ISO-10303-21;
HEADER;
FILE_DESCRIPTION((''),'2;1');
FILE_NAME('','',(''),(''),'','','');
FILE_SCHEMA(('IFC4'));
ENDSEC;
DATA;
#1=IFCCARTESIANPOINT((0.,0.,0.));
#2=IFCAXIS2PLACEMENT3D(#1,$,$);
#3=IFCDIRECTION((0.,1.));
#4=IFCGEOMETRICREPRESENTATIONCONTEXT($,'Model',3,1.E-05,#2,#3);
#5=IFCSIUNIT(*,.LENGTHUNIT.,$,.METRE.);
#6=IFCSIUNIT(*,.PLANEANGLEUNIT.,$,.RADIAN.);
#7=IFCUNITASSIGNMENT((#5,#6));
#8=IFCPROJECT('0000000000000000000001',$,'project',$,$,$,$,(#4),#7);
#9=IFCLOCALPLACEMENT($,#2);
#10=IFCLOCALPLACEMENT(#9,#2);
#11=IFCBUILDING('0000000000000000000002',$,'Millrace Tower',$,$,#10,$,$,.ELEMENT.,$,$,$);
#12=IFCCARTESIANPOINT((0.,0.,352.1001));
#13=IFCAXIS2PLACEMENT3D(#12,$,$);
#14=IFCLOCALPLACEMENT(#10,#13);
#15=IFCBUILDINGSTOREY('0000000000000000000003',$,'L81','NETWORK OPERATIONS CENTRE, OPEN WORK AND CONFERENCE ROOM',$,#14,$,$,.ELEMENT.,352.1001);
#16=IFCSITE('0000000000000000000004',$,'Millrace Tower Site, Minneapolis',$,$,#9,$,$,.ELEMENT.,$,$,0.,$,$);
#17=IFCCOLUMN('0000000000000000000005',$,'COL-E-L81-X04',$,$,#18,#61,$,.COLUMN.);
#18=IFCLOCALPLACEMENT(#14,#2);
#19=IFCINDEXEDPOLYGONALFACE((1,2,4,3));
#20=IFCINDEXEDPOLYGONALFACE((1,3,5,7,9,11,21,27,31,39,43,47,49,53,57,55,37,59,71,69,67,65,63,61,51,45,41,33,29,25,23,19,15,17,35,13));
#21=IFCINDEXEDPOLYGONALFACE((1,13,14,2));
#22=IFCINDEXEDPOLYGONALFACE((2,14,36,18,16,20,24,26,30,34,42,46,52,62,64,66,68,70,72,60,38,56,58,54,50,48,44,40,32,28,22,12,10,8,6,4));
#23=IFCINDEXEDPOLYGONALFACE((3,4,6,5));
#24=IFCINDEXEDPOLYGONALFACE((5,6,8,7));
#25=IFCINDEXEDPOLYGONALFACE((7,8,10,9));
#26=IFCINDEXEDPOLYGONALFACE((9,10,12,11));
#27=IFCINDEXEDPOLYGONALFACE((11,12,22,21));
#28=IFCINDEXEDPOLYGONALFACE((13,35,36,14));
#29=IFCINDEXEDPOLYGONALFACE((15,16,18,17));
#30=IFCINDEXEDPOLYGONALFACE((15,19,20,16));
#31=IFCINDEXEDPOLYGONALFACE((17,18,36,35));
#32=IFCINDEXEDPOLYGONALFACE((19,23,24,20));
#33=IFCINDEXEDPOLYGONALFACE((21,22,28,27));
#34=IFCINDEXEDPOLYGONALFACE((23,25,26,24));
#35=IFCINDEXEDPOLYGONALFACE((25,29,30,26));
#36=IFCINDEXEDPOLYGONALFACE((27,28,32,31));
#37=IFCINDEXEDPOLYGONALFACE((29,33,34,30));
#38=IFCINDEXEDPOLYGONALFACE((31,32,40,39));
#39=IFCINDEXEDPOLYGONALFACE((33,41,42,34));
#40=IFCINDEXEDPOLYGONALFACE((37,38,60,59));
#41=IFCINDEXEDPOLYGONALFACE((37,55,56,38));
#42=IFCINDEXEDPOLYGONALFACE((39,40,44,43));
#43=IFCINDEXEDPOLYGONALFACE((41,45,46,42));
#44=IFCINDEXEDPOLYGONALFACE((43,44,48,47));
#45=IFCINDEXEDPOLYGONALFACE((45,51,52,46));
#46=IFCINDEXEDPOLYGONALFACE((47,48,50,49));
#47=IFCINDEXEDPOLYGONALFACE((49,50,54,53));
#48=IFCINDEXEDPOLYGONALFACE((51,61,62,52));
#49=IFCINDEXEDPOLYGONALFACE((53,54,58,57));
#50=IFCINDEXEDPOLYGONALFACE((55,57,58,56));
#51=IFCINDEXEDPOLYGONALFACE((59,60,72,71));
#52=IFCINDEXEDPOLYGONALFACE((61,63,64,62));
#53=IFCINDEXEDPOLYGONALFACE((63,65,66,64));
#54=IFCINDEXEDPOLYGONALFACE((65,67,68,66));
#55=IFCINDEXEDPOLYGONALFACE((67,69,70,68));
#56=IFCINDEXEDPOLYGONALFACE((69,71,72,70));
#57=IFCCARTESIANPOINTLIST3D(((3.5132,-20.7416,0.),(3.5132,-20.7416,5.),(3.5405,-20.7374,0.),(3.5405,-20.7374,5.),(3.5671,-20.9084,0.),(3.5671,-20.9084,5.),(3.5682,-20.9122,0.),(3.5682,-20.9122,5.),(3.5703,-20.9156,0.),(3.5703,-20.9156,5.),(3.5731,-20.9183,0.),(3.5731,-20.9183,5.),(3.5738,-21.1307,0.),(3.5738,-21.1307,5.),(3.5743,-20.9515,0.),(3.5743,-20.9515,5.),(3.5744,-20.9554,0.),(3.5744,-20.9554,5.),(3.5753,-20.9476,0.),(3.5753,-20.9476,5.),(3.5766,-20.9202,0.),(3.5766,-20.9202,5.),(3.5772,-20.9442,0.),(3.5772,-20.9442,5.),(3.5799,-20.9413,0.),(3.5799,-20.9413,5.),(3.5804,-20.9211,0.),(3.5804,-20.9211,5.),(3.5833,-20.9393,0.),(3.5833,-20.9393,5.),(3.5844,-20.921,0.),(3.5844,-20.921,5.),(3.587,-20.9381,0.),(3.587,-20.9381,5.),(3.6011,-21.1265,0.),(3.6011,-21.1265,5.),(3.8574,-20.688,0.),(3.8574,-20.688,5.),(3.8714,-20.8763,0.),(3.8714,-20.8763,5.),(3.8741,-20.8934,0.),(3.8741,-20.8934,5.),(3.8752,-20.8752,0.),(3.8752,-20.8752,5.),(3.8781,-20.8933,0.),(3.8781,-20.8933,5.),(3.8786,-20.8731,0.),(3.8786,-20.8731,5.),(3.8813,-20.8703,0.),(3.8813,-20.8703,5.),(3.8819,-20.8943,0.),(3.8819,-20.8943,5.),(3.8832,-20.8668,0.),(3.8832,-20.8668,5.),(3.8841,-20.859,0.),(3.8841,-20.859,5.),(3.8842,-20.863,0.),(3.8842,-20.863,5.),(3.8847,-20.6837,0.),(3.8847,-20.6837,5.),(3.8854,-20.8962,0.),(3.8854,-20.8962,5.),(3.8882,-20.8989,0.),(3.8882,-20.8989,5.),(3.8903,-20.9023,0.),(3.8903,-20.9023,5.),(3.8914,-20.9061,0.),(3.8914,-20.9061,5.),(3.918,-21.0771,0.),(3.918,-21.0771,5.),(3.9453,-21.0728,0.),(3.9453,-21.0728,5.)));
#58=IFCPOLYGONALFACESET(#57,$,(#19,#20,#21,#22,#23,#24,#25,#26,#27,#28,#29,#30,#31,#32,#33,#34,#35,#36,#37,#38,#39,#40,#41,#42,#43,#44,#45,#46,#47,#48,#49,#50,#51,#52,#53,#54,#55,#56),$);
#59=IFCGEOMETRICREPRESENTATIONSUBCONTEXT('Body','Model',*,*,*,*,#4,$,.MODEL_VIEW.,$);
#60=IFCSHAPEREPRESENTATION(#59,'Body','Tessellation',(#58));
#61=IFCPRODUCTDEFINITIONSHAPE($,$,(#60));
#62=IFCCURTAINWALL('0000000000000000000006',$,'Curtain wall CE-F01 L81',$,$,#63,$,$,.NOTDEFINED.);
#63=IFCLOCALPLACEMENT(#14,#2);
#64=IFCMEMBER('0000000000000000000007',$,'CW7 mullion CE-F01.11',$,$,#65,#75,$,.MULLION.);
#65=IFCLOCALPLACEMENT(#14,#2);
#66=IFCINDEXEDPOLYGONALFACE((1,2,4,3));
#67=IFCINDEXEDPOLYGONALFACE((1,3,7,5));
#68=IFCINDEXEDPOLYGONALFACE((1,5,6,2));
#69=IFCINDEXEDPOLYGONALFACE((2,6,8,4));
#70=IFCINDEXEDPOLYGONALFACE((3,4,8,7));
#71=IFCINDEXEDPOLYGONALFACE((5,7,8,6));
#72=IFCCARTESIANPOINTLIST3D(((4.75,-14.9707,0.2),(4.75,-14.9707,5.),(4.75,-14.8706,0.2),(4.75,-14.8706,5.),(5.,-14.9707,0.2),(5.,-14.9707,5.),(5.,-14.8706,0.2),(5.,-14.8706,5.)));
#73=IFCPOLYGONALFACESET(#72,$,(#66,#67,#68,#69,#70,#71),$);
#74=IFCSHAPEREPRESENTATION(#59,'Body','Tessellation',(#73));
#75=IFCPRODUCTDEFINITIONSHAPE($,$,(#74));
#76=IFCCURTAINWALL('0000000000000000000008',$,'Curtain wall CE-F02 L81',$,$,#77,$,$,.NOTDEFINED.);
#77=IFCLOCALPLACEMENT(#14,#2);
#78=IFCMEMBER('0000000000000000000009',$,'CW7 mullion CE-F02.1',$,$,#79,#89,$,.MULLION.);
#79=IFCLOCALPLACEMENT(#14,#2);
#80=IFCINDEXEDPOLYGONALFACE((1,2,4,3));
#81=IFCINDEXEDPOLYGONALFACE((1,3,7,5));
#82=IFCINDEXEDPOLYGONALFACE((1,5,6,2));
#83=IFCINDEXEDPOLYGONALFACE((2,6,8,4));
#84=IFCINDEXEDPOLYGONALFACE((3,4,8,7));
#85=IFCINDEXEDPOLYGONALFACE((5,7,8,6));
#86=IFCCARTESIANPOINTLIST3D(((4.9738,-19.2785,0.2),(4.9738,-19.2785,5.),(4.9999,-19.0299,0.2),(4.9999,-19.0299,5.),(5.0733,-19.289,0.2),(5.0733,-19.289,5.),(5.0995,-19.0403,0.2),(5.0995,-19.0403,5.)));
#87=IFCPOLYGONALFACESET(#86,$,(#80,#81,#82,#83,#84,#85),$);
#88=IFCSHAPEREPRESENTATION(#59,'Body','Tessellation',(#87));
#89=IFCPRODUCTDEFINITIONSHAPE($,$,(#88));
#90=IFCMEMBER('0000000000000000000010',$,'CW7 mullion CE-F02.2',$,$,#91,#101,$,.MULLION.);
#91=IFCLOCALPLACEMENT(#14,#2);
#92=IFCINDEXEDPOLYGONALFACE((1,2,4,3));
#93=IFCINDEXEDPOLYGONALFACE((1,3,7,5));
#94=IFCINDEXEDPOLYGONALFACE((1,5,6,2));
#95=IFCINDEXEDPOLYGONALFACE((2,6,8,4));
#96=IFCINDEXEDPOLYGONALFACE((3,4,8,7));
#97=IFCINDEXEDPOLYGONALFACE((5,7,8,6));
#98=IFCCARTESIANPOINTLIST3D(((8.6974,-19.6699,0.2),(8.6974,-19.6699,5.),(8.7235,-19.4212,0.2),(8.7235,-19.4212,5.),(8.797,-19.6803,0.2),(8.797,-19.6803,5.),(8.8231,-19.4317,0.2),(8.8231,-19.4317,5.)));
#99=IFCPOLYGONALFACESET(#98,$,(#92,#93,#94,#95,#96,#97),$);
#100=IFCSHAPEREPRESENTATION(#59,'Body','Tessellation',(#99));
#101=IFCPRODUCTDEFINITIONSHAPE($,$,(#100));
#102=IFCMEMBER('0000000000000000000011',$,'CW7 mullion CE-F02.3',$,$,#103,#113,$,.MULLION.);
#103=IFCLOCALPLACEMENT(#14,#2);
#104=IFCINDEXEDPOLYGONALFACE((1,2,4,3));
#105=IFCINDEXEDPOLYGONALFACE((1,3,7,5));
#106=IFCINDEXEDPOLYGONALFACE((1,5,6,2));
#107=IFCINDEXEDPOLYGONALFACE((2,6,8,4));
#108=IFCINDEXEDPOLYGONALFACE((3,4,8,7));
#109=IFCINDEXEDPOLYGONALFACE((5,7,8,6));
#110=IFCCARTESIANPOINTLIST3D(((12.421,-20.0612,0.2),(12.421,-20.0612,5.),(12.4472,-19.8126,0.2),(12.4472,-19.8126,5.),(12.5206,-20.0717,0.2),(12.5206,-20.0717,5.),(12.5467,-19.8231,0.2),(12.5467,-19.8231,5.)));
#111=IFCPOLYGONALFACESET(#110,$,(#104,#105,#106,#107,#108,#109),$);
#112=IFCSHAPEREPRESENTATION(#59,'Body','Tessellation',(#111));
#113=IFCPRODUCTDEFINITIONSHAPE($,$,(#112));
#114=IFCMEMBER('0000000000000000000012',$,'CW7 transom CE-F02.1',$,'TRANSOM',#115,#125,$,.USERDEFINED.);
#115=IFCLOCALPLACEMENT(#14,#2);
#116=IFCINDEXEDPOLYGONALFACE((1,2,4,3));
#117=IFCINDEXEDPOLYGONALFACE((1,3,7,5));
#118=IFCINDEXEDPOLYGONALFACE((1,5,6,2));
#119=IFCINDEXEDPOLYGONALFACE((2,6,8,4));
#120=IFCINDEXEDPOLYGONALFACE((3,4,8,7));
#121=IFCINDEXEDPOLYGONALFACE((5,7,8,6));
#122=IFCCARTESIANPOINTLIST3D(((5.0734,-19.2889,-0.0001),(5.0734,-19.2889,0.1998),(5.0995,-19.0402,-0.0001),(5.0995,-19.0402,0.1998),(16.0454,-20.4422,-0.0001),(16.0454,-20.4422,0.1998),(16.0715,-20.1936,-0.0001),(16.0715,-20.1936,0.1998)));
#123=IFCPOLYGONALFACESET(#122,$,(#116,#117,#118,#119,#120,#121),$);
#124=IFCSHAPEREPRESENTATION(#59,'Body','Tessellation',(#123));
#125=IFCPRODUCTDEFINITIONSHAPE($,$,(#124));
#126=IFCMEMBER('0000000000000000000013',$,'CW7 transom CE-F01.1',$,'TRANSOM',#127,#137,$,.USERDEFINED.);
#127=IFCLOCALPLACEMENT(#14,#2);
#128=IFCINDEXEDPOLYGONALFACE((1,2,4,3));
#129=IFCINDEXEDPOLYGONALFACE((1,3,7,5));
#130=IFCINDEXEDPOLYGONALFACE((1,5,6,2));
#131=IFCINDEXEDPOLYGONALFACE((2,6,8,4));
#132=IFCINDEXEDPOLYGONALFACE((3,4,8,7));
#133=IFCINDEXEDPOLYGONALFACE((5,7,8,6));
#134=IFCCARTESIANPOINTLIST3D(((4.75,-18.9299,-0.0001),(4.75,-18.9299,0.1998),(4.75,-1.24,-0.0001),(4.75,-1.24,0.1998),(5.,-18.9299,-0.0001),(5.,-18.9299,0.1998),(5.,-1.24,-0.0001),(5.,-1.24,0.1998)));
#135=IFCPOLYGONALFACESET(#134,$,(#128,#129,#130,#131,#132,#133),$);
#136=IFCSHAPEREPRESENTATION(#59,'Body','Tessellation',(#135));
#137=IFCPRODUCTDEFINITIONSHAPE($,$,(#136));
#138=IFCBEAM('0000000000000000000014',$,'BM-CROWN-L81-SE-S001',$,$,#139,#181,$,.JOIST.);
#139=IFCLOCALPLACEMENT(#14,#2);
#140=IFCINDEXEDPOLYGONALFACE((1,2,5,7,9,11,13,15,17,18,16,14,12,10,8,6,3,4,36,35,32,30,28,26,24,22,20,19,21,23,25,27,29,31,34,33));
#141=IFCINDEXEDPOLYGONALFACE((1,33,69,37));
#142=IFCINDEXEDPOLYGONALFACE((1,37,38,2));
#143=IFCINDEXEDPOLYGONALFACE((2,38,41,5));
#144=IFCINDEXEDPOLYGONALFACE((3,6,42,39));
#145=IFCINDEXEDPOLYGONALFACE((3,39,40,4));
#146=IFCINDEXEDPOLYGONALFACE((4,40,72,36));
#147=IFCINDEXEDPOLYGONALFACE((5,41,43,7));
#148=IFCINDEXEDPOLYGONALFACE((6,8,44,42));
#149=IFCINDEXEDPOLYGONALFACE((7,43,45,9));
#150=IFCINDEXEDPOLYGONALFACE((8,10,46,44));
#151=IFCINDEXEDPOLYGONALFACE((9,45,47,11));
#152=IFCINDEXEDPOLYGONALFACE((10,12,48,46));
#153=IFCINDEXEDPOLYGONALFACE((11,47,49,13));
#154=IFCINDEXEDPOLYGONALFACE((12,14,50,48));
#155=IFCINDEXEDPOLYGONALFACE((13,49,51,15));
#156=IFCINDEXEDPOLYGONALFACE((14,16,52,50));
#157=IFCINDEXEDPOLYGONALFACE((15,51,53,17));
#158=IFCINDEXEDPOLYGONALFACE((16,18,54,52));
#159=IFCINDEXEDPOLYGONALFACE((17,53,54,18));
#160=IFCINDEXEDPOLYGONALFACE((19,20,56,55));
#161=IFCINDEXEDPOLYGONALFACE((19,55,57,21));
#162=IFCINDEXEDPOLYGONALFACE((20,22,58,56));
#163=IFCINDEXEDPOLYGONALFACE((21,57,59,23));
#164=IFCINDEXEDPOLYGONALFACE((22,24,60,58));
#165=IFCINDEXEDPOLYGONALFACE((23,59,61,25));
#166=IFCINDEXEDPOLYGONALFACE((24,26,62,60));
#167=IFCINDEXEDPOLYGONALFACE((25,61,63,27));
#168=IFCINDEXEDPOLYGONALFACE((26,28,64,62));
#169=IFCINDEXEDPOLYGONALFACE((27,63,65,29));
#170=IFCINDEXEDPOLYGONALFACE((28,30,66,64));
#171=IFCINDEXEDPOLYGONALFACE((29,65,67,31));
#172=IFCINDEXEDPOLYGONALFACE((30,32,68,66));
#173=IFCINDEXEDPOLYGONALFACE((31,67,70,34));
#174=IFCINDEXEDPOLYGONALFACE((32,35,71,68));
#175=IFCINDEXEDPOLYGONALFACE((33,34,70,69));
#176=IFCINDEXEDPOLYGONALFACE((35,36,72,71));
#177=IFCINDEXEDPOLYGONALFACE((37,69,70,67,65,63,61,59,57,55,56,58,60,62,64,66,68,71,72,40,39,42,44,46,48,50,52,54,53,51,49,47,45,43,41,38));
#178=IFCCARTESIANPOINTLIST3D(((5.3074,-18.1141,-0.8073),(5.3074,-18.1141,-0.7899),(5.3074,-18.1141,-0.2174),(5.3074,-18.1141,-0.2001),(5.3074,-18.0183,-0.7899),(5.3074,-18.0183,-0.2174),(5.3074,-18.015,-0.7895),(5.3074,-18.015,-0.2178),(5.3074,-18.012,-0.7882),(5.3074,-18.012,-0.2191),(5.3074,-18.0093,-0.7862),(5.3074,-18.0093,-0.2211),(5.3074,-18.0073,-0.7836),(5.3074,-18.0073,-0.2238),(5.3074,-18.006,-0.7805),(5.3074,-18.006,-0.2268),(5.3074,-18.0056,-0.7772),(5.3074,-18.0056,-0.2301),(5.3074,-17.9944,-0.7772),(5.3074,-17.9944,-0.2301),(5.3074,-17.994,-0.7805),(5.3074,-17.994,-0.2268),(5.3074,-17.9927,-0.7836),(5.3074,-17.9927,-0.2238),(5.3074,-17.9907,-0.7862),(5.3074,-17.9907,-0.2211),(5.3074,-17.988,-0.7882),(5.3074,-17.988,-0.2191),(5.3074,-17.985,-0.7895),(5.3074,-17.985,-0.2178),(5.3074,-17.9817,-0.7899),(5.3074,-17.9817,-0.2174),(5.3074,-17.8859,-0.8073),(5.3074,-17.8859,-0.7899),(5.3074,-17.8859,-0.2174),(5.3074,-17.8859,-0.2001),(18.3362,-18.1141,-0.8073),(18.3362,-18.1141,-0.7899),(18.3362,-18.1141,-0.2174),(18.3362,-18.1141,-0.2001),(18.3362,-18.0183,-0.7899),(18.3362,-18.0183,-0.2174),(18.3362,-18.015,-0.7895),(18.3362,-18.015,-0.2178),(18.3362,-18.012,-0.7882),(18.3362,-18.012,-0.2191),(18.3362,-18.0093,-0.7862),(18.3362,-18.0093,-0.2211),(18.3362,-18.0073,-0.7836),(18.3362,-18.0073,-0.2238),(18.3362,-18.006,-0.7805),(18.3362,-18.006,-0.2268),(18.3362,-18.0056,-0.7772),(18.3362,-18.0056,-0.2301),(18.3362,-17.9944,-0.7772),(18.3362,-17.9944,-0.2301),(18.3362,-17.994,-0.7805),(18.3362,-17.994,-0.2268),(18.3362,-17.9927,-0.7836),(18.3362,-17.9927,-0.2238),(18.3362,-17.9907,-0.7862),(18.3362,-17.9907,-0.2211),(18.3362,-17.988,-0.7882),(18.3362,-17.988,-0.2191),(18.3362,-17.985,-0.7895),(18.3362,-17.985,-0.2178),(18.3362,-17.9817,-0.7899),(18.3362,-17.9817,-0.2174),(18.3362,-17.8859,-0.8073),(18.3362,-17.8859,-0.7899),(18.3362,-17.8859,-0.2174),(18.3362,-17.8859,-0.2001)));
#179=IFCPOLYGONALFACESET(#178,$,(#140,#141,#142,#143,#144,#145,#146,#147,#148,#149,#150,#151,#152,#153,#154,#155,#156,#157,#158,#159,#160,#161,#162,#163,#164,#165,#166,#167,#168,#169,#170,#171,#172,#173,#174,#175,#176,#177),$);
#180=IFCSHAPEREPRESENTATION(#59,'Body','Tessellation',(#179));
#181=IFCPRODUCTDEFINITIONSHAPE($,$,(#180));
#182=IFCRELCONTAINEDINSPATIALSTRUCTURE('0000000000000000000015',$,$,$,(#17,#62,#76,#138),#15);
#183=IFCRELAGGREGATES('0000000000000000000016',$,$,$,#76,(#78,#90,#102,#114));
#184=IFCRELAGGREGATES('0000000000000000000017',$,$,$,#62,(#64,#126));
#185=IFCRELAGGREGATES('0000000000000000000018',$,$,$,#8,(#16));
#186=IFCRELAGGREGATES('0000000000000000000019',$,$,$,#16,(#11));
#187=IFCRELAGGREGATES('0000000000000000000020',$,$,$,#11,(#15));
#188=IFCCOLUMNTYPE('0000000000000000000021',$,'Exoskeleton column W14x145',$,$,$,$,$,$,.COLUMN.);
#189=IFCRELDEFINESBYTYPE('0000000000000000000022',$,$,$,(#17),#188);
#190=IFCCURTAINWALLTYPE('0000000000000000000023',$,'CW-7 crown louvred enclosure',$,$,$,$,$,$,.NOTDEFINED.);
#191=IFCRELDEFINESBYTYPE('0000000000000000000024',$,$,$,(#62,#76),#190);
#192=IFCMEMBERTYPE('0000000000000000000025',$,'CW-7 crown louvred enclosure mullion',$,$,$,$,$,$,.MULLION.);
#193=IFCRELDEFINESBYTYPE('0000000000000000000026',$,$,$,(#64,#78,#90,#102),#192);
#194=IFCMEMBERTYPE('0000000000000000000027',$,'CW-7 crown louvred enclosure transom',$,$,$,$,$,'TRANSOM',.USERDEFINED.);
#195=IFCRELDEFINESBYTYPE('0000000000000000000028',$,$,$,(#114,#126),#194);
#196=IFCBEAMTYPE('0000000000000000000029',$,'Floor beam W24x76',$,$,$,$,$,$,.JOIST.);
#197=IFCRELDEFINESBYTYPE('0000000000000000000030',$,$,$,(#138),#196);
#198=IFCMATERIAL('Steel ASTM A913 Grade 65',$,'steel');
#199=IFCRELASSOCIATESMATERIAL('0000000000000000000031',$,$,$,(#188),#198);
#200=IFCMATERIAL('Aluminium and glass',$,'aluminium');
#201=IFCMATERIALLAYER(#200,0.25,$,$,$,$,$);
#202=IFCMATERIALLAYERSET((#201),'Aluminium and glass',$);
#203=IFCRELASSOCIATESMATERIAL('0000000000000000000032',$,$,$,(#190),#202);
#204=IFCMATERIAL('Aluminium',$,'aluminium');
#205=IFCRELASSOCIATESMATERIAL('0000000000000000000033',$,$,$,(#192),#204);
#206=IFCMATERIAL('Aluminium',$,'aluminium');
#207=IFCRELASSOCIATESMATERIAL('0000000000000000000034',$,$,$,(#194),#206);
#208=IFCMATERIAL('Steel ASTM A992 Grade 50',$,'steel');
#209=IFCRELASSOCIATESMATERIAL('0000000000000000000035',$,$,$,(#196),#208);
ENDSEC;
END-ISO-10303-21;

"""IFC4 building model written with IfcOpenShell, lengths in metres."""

from ifc_helpers import new_model, si_unit, direction, frame, origin, origin_2d, place, context, subcontext, project, spatial, rectangle, i_section, extrude, material, layer, layer_set, material_profile, profile_set, type_object, element, aggregate, save


model = new_model("IFC4")

# Units and contexts
model_context = context("Model", 3, precision=1e-05, world=origin(), true_north=direction((0.0, 1.0)))
body_context = subcontext(model_context, "Body", "Model", "MODEL_VIEW")
ifc_project = project(units=[si_unit("LENGTHUNIT", "METRE"), si_unit("PLANEANGLEUNIT", "RADIAN")], contexts=[model_context])

# Site, building, storey
site_placement = place(None, origin())
site = spatial("IfcSite", under=ifc_project, at=site_placement, Name="Millrace Tower Site, Minneapolis", CompositionType="ELEMENT", RefElevation=0.0)
building_placement = place(site_placement, origin())
building = spatial("IfcBuilding", under=site, at=building_placement, Name="Millrace Tower", CompositionType="ELEMENT")
storey_placement = place(building_placement, frame((0.0, 0.0, 352.1001)))
storey = spatial("IfcBuildingStorey", under=building, at=storey_placement, Name="L81", Description="NETWORK OPERATIONS CENTRE, OPEN WORK AND CONFERENCE ROOM", CompositionType="ELEMENT", Elevation=352.1001)

# Column
ifc_material_1 = material(Name="Steel ASTM A913 Grade 65", Category="steel")
ifc_material_profile_1 = material_profile(ifc_material_1, i_section(OverallWidth=0.3938, OverallDepth=0.376, WebThickness=0.0173, FlangeThickness=0.0276, FilletRadius=0.0151, at=origin_2d()))
ifc_profile_set_1 = profile_set([ifc_material_profile_1], Name="Steel ASTM A913 Grade 65")
column_type = type_object("IfcColumnType", Name="Exoskeleton column W14x145", PredefinedType="COLUMN", material=ifc_profile_set_1)
column_placement = place(storey_placement, frame((3.7292, -20.9072, 0.0), z_axis=(0.0, 0.0, 1.0), x_axis=(0.153918, -0.988084, 0.0)))
element("IfcColumn", 1, at=column_placement, inside=storey, type_object=column_type, Name="COL-E-L81-X04", PredefinedType="COLUMN", context=body_context, shape_type="SweptSolid", body=[
    extrude(i_section(OverallWidth=0.3938, OverallDepth=0.376, WebThickness=0.0173, FlangeThickness=0.0276, FilletRadius=0.0151, at=origin_2d()), origin(), (0.0, 0.0, 1.0), 5.0),
])

# Curtain wall, member
ifc_material_2 = material(Name="Aluminium and glass", Category="aluminium")
ifc_layer_1 = layer(ifc_material_2, 0.25)
ifc_layer_set_1 = layer_set([ifc_layer_1], Name="Aluminium and glass")
curtain_wall_type = type_object("IfcCurtainWallType", Name="CW-7 crown louvred enclosure", PredefinedType="NOTDEFINED", material=ifc_layer_set_1)
placement = place(storey_placement, origin())
curtain_wall_1 = element("IfcCurtainWall", 2, at=placement, inside=storey, type_object=curtain_wall_type, Name="Curtain wall CE-F01 L81", PredefinedType="NOTDEFINED")
ifc_material_3 = material(Name="Aluminium", Category="aluminium")
ifc_material_profile_2 = material_profile(ifc_material_3, rectangle(XDim=0.1001, YDim=0.25, at=origin_2d()))
ifc_profile_set_2 = profile_set([ifc_material_profile_2], Name="Aluminium")
member_type_1 = type_object("IfcMemberType", Name="CW-7 crown louvred enclosure mullion", PredefinedType="MULLION", material=ifc_profile_set_2)
member_1_placement = place(storey_placement, frame((4.875, -14.9207, 0.2), z_axis=(0.0, 0.0, 1.0), x_axis=(0.0, -1.0, 0.0)))
member_1 = element("IfcMember", 3, at=member_1_placement, type_object=member_type_1, Name="CW7 mullion CE-F01.11", PredefinedType="MULLION", context=body_context, shape_type="SweptSolid", body=[
    extrude(rectangle(XDim=0.1001, YDim=0.25, at=origin_2d()), origin(), (0.0, 0.0, 1.0), 4.8),
])

# Curtain wall, members
curtain_wall_2 = element("IfcCurtainWall", 4, at=placement, inside=storey, type_object=curtain_wall_type, Name="Curtain wall CE-F02 L81", PredefinedType="NOTDEFINED")
member_2_placement = place(storey_placement, frame((5.0366, -19.1594, 0.2), z_axis=(0.0, 0.0, 1.0), x_axis=(0.994522, -0.104528, 0.0)))
member_2 = element("IfcMember", 5, at=member_2_placement, type_object=member_type_1, Name="CW7 mullion CE-F02.1", PredefinedType="MULLION", context=body_context, shape_type="SweptSolid", body=[
    extrude(rectangle(XDim=0.1001, YDim=0.25, at=origin_2d()), origin(), (0.0, 0.0, 1.0), 4.8),
])
member_3_placement = place(storey_placement, frame((8.7603, -19.5508, 0.2), z_axis=(0.0, 0.0, 1.0), x_axis=(0.994522, -0.104528, 0.0)))
member_3 = element("IfcMember", 6, at=member_3_placement, type_object=member_type_1, Name="CW7 mullion CE-F02.2", PredefinedType="MULLION", context=body_context, shape_type="SweptSolid", body=[
    extrude(rectangle(XDim=0.1001, YDim=0.25, at=origin_2d()), origin(), (0.0, 0.0, 1.0), 4.8),
])
member_4_placement = place(storey_placement, frame((12.4839, -19.9421, 0.2), z_axis=(0.0, 0.0, 1.0), x_axis=(0.994522, -0.104528, 0.0)))
member_4 = element("IfcMember", 7, at=member_4_placement, type_object=member_type_1, Name="CW7 mullion CE-F02.3", PredefinedType="MULLION", context=body_context, shape_type="SweptSolid", body=[
    extrude(rectangle(XDim=0.1001, YDim=0.25, at=origin_2d()), origin(), (0.0, 0.0, 1.0), 4.8),
])
ifc_material_4 = material(Name="Aluminium", Category="aluminium")
ifc_material_profile_3 = material_profile(ifc_material_4, rectangle(XDim=0.25, YDim=0.2, at=origin_2d()))
ifc_profile_set_3 = profile_set([ifc_material_profile_3], Name="Aluminium")
member_type_2 = type_object("IfcMemberType", Name="CW-7 crown louvred enclosure transom", ElementType="TRANSOM", PredefinedType="USERDEFINED", material=ifc_profile_set_3)
member_5_placement = place(storey_placement, frame((5.0864, -19.1646, 0.0999), z_axis=(0.994521, -0.10454, 0.0), x_axis=(0.10454, 0.994521, 0.0)))
member_5 = element("IfcMember", 8, at=member_5_placement, type_object=member_type_2, Name="CW7 transom CE-F02.1", ObjectType="TRANSOM", PredefinedType="USERDEFINED", context=body_context, shape_type="SweptSolid", body=[
    extrude(rectangle(XDim=0.25, YDim=0.2, at=origin_2d()), origin(), (0.0, 0.0, 1.0), 11.0325),
])
aggregate(curtain_wall_2, [member_2, member_3, member_4, member_5])

# Member
member_6_placement = place(storey_placement, frame((4.875, -18.9299, 0.0999), z_axis=(0.0, 1.0, 0.0), x_axis=(-1.0, 0.0, 0.0)))
member_6 = element("IfcMember", 9, at=member_6_placement, type_object=member_type_2, Name="CW7 transom CE-F01.1", ObjectType="TRANSOM", PredefinedType="USERDEFINED", context=body_context, shape_type="SweptSolid", body=[
    extrude(rectangle(XDim=0.25, YDim=0.2, at=origin_2d()), origin(), (0.0, 0.0, 1.0), 17.6899),
])
aggregate(curtain_wall_1, [member_1, member_6])

# Beam
ifc_material_5 = material(Name="Steel ASTM A992 Grade 50", Category="steel")
ifc_material_profile_4 = material_profile(ifc_material_5, i_section(OverallWidth=0.2283, OverallDepth=0.6072, WebThickness=0.0112, FlangeThickness=0.0173, FilletRadius=0.0127, at=origin_2d()))
ifc_profile_set_4 = profile_set([ifc_material_profile_4], Name="Steel ASTM A992 Grade 50")
beam_type_1 = type_object("IfcBeamType", Name="Floor beam W24x76", PredefinedType="JOIST", material=ifc_profile_set_4)
beam_1_placement = place(storey_placement, frame((5.3074, -18.0, -0.5037), z_axis=(1.0, 0.0, 0.0), x_axis=(0.0, 1.0, 0.0)))
element("IfcBeam", 10, at=beam_1_placement, inside=storey, type_object=beam_type_1, Name="BM-CROWN-L81-SE-S001", PredefinedType="JOIST", context=body_context, shape_type="SweptSolid", body=[
    extrude(i_section(OverallWidth=0.2283, OverallDepth=0.6072, WebThickness=0.0112, FlangeThickness=0.0173, FilletRadius=0.0127, at=origin_2d()), origin(), (0.0, 0.0, 1.0), 13.0288),
])

save(model, "model.ifc")
